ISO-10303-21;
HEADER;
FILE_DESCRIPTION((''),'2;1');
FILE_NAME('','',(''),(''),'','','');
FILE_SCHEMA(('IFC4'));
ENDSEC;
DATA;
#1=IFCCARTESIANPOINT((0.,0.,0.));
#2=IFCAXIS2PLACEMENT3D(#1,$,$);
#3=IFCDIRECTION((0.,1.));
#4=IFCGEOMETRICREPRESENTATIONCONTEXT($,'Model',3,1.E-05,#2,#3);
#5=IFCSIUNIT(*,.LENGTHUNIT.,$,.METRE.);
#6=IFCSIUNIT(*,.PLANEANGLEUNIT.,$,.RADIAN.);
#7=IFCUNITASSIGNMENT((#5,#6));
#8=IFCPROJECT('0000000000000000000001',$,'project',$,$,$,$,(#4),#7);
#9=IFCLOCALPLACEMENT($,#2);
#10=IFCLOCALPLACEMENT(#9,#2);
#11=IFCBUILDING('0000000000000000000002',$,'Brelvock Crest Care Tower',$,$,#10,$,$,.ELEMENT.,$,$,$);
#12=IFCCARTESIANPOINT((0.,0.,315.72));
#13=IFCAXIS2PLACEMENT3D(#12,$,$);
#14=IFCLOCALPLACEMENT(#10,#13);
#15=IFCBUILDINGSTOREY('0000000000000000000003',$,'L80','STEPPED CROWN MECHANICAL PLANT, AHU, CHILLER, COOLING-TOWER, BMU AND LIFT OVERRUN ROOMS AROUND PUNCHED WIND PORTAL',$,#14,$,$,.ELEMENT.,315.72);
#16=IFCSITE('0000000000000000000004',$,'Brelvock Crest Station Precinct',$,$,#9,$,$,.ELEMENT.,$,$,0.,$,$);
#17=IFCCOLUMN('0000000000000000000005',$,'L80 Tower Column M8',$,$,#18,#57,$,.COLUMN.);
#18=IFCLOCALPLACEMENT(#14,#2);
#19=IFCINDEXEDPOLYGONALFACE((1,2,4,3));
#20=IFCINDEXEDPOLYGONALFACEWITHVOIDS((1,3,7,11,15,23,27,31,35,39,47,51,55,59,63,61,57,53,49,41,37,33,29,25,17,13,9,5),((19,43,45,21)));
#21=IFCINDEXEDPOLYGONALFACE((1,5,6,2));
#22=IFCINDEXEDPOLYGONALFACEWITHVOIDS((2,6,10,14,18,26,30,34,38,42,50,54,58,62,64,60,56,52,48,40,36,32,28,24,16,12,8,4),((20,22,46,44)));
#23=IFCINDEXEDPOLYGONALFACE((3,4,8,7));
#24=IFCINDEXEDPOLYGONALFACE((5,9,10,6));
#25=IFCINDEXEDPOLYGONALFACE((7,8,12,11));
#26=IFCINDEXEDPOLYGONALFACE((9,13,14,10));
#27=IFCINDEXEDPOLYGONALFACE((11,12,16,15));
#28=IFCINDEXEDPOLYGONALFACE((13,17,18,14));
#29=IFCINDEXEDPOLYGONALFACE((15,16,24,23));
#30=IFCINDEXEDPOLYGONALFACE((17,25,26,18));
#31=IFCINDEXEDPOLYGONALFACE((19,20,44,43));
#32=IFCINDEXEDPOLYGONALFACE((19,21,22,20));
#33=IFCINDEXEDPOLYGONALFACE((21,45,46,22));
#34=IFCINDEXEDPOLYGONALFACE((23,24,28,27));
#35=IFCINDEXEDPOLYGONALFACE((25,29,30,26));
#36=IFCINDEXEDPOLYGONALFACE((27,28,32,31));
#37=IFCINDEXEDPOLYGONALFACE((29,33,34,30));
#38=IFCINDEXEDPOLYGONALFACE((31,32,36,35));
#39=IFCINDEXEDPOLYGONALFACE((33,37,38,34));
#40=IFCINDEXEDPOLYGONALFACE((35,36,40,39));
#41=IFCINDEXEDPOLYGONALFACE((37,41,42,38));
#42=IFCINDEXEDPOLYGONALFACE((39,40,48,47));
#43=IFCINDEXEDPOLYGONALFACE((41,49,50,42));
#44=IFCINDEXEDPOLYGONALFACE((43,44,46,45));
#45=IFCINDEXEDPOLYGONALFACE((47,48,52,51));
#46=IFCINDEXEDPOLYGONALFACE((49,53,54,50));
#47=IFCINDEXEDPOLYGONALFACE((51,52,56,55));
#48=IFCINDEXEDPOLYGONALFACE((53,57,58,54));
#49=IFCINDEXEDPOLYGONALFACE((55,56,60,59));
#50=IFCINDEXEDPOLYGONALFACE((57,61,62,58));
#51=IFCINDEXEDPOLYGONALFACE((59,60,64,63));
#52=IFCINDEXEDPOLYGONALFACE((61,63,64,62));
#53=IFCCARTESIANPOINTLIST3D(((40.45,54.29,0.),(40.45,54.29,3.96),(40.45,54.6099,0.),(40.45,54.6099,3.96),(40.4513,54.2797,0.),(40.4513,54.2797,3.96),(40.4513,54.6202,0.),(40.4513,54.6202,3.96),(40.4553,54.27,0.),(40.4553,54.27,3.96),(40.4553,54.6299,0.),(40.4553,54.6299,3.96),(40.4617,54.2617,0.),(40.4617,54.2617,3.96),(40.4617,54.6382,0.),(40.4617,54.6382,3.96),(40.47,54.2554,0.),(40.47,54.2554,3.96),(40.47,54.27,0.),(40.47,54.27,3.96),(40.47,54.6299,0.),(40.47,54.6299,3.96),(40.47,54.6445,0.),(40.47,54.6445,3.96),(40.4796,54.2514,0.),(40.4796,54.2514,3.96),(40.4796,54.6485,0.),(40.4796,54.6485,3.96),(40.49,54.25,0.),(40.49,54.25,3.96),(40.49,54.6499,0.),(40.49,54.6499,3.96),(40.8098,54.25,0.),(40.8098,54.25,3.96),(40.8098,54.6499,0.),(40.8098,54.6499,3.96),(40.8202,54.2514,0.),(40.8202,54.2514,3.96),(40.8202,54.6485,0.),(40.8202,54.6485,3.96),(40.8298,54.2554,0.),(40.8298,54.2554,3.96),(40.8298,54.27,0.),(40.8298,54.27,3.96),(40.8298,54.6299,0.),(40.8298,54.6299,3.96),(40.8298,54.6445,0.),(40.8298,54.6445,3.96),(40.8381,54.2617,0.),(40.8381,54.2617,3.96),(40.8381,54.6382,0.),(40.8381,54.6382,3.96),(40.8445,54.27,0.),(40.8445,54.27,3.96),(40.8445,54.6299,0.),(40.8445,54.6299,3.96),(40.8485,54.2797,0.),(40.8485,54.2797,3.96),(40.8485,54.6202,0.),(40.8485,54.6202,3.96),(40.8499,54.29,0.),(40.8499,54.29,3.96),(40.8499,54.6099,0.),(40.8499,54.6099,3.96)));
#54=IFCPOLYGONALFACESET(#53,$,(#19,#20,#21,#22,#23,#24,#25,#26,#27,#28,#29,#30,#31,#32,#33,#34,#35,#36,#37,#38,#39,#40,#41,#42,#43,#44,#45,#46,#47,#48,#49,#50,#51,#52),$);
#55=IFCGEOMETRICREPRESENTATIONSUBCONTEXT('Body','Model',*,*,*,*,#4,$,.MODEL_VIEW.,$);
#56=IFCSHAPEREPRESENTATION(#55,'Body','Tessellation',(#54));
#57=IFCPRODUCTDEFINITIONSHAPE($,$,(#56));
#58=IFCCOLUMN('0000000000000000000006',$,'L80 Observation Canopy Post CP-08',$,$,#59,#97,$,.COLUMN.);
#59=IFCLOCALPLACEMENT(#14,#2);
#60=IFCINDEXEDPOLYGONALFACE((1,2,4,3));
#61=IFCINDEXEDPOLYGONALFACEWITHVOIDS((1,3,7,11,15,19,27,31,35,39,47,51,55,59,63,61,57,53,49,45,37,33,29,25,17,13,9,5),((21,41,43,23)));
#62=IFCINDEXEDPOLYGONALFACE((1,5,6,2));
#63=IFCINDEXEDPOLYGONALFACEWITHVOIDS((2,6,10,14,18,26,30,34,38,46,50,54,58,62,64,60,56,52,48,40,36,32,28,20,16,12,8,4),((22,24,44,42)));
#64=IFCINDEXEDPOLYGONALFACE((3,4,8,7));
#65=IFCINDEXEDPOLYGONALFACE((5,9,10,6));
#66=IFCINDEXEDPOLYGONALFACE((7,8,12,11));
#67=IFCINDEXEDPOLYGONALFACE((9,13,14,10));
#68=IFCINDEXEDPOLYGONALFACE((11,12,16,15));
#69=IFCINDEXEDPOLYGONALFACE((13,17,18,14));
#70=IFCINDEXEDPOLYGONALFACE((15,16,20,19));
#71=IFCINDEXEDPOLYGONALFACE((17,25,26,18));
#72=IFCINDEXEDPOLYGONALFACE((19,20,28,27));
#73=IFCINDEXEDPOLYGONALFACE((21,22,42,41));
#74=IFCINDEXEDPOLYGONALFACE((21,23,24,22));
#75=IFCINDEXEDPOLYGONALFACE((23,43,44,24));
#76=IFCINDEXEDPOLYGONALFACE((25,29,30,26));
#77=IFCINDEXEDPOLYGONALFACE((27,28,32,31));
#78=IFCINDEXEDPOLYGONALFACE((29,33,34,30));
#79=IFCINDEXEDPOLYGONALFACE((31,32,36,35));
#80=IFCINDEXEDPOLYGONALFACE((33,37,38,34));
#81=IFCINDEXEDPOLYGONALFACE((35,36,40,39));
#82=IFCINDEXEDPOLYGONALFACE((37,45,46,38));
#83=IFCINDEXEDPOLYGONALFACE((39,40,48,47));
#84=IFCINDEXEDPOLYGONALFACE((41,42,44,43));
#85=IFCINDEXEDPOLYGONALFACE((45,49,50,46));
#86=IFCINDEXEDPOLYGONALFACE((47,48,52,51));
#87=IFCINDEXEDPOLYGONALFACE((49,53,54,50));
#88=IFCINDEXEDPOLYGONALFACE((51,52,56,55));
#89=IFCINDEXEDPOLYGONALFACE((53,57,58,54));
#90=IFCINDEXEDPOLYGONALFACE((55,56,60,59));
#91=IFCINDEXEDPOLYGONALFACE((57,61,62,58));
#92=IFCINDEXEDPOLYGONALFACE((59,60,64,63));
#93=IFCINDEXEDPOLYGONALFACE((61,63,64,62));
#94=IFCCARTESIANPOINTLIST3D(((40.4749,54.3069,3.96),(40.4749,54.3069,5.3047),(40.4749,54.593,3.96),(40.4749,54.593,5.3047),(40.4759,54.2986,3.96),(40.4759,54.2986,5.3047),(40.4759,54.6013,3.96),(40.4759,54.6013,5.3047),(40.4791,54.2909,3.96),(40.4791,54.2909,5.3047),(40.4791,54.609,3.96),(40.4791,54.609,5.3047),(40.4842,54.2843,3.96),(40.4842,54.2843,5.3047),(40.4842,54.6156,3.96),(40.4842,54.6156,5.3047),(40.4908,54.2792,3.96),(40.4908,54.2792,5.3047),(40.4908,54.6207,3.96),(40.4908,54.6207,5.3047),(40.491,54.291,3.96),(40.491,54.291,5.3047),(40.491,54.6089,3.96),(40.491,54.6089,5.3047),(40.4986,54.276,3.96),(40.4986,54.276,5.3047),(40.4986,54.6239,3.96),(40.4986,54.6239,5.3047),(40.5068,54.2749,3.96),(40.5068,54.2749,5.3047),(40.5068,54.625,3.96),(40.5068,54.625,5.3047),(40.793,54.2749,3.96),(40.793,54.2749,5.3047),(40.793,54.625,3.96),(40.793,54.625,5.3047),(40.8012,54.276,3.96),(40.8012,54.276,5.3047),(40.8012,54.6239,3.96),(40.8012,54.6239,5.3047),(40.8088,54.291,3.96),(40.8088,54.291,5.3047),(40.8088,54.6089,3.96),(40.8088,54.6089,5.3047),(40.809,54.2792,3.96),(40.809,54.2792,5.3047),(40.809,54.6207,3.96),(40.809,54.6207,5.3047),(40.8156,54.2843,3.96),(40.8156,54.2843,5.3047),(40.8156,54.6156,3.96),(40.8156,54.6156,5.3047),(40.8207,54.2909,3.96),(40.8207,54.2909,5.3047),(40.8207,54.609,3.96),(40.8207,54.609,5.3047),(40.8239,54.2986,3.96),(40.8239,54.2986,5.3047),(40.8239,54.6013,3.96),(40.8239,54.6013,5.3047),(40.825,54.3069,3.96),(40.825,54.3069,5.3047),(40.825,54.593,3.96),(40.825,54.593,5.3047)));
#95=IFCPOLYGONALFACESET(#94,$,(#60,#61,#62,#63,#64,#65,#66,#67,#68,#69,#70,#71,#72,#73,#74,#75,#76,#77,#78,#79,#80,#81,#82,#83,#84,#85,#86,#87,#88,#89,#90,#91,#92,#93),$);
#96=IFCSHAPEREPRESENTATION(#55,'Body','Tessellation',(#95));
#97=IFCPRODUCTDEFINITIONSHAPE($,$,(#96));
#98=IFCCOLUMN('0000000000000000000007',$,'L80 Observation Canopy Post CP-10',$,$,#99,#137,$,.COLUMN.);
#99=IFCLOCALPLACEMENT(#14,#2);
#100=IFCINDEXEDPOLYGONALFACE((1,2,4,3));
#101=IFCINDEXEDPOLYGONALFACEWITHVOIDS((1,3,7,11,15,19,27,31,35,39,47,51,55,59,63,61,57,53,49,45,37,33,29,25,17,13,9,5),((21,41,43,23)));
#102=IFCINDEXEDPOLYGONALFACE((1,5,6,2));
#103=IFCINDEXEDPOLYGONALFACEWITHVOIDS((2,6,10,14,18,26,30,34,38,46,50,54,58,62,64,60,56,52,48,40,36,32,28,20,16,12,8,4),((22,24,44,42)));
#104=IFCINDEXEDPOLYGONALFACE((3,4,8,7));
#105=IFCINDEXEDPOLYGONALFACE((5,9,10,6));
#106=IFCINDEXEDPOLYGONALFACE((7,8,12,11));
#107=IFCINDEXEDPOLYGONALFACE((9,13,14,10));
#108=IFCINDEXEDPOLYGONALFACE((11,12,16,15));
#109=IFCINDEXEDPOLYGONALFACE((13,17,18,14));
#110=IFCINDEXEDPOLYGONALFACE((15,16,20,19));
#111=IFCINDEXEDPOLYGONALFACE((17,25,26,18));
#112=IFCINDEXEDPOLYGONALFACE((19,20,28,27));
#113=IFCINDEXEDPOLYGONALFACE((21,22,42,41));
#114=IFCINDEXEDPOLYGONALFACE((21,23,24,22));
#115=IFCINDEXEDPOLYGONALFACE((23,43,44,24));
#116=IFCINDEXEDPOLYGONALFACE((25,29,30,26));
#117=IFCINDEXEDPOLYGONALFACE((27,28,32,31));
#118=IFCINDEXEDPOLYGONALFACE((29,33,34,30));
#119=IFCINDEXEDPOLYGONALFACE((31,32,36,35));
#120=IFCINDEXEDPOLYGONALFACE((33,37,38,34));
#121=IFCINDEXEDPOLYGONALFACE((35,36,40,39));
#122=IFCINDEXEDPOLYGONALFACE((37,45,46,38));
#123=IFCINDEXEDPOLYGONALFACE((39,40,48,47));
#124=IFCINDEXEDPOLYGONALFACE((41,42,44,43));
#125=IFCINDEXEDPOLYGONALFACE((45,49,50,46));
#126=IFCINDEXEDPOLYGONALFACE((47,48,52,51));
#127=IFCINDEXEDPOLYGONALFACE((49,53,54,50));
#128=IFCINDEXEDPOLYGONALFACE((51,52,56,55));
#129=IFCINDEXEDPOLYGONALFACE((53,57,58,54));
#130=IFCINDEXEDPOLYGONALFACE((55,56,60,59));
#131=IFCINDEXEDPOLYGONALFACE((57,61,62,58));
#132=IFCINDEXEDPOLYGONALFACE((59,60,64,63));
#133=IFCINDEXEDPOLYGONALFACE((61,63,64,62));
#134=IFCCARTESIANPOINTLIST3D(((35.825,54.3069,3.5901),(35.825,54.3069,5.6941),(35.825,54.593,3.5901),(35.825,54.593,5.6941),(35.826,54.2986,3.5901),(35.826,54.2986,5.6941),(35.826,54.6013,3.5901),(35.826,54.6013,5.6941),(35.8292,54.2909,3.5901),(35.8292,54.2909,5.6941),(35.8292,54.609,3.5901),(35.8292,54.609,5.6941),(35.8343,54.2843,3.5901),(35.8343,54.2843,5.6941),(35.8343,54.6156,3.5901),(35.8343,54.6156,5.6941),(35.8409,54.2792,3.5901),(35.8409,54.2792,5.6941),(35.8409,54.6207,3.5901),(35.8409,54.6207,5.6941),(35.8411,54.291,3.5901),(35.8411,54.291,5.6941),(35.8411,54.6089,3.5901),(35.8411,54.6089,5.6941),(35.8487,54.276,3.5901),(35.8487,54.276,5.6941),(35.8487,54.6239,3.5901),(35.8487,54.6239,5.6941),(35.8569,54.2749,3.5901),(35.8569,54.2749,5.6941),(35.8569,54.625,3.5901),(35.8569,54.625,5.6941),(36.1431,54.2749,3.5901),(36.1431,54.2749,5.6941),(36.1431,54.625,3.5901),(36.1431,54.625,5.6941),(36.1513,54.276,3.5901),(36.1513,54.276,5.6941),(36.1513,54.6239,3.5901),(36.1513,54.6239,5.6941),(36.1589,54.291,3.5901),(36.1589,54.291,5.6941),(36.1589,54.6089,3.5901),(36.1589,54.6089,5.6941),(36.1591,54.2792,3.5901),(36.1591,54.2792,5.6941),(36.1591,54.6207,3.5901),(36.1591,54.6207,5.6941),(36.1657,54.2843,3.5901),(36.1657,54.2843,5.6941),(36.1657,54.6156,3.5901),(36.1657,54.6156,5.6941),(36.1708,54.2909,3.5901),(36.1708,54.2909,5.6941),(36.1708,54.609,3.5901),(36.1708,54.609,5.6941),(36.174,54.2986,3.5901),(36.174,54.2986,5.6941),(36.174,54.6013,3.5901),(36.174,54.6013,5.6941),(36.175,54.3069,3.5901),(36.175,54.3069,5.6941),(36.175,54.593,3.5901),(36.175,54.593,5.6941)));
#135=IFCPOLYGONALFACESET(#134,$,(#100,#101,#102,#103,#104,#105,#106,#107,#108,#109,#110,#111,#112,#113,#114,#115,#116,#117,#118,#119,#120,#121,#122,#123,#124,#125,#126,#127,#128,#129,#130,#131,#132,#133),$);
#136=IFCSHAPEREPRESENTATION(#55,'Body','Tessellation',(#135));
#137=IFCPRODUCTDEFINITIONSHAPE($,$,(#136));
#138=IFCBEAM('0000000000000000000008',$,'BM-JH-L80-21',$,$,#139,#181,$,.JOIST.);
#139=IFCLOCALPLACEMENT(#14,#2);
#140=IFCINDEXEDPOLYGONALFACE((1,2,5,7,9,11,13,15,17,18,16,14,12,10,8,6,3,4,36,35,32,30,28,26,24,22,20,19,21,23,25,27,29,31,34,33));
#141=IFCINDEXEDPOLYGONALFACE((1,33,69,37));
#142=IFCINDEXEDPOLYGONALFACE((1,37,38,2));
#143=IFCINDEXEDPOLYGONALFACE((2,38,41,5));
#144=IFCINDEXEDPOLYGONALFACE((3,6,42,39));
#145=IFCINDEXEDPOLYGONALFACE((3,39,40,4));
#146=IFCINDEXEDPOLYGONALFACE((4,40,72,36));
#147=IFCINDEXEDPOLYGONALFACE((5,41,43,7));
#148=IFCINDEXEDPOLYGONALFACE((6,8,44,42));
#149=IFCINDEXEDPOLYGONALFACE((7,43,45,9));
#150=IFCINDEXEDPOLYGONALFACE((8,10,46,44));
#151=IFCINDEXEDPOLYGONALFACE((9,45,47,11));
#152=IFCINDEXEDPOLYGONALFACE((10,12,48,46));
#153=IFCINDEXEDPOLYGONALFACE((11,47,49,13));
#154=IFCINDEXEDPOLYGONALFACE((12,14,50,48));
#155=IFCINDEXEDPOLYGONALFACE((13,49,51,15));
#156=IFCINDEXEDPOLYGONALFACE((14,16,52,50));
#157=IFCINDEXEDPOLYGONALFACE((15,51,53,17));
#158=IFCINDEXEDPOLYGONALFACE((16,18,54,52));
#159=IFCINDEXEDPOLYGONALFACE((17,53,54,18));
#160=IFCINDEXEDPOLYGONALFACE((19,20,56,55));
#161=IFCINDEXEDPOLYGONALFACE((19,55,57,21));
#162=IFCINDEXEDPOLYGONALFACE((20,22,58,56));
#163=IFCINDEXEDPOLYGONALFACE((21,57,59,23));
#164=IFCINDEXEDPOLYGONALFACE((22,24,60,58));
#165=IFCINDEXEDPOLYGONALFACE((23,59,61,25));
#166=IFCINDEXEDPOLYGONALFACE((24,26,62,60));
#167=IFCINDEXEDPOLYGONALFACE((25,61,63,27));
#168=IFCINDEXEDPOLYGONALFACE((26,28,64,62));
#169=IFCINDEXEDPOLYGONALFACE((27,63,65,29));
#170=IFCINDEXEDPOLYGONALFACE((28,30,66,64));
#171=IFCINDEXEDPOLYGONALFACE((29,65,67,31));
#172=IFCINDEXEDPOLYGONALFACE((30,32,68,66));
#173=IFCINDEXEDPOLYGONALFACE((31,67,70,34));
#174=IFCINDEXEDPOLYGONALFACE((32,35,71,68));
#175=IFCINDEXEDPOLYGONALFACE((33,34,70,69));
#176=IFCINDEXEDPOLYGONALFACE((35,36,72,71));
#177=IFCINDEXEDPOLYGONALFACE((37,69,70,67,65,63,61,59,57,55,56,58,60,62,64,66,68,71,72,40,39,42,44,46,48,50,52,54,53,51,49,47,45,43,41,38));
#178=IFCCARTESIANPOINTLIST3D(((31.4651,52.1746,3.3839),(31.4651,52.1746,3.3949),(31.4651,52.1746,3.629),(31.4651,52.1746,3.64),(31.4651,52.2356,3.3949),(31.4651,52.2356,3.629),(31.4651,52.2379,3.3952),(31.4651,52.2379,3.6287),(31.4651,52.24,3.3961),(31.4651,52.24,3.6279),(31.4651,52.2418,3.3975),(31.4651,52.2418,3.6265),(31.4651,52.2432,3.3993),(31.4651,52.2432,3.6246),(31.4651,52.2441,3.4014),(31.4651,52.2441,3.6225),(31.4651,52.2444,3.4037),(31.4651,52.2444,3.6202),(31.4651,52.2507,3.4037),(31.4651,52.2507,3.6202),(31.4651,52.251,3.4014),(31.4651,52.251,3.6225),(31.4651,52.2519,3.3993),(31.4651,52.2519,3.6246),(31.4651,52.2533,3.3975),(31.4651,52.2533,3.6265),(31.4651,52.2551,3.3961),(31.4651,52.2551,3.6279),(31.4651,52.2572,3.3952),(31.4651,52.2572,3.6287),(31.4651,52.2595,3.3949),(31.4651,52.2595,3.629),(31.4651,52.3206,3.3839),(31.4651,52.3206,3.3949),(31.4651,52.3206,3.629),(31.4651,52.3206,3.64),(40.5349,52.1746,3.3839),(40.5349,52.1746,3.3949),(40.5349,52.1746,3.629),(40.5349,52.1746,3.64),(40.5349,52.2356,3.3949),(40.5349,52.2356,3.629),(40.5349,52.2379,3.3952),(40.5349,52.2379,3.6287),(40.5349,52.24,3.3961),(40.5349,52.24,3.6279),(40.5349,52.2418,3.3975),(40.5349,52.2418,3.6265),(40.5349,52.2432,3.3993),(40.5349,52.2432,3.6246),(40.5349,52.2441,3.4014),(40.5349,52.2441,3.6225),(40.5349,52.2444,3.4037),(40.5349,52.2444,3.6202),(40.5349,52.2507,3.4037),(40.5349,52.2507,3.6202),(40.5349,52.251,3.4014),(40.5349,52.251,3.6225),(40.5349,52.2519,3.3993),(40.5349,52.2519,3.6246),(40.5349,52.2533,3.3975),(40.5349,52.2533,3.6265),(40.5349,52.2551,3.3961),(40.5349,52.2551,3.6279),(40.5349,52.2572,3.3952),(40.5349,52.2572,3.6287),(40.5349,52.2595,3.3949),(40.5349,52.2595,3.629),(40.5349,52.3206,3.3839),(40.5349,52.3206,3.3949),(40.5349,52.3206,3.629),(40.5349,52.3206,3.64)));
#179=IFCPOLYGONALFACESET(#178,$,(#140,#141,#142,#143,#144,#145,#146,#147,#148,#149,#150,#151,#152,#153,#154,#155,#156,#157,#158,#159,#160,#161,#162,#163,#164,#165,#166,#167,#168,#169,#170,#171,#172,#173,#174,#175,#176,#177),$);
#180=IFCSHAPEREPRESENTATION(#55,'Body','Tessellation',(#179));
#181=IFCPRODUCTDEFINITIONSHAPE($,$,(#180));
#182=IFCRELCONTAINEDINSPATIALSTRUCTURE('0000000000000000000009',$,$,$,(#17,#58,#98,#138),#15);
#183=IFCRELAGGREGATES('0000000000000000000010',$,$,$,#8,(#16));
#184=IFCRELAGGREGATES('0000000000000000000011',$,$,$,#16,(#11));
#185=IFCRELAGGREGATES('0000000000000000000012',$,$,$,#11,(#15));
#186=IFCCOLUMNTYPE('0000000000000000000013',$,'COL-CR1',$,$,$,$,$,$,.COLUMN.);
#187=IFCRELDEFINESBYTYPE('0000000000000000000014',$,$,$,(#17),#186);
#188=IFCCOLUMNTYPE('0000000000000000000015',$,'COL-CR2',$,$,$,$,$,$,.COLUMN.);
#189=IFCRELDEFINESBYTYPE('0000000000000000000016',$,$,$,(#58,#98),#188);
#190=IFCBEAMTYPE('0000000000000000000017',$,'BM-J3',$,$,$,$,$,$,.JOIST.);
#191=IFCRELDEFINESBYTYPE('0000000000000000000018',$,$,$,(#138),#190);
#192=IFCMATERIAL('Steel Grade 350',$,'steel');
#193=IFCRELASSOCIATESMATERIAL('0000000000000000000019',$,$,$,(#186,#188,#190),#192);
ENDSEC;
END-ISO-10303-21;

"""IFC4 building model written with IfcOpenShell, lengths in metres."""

from ifc_helpers import new_model, si_unit, direction, frame, origin, origin_2d, place, context, subcontext, project, spatial, hollow_rectangle, i_section, extrude, source, transform, mapped, material, material_profile, profile_set, type_object, element, save


model = new_model("IFC4")

# Units and contexts
model_context = context("Model", 3, precision=1e-05, world=origin(), true_north=direction((0.0, 1.0)))
body_context = subcontext(model_context, "Body", "Model", "MODEL_VIEW")
ifc_project = project(units=[si_unit("LENGTHUNIT", "METRE"), si_unit("PLANEANGLEUNIT", "RADIAN")], contexts=[model_context])

# Site, building, storey
site_placement = place(None, origin())
site = spatial("IfcSite", under=ifc_project, at=site_placement, Name="Brelvock Crest Station Precinct", CompositionType="ELEMENT", RefElevation=0.0)
building_placement = place(site_placement, origin())
building = spatial("IfcBuilding", under=site, at=building_placement, Name="Brelvock Crest Care Tower", CompositionType="ELEMENT")
storey_placement = place(building_placement, frame((0.0, 0.0, 315.72)))
storey = spatial("IfcBuildingStorey", under=building, at=storey_placement, Name="L80", Description="STEPPED CROWN MECHANICAL PLANT, AHU, CHILLER, COOLING-TOWER, BMU AND LIFT OVERRUN ROOMS AROUND PUNCHED WIND PORTAL", CompositionType="ELEMENT", Elevation=315.72)

# Columns
ifc_material_1 = material(Name="Steel Grade 350", Category="steel")
ifc_material_profile_1 = material_profile(ifc_material_1, hollow_rectangle(XDim=0.3999, YDim=0.3999, WallThickness=0.02, OuterFilletRadius=0.04, at=origin_2d()), Name="SHS400x400x20.0")
ifc_profile_set_1 = profile_set([ifc_material_profile_1], Name="Steel Grade 350")
column_type_1 = type_object("IfcColumnType", Name="COL-CR1", PredefinedType="COLUMN", material=ifc_profile_set_1)
shared_shape_1 = source(origin(), body_context, "Body", "SweptSolid", [
    extrude(hollow_rectangle(XDim=0.3999, YDim=0.3999, WallThickness=0.02, OuterFilletRadius=0.04, at=origin_2d()), origin(), (0.0, 0.0, 1.0), 3.96),
])
column_1_placement = place(storey_placement, frame((40.6499, 54.45, 0.0), z_axis=(0.0, 0.0, 1.0), x_axis=(1.0, 0.0, 0.0)))
element("IfcColumn", 1, at=column_1_placement, inside=storey, type_object=column_type_1, Name="L80 Tower Column M8", PredefinedType="COLUMN", context=body_context, shape_type="MappedRepresentation", body=[
    mapped(shared_shape_1, transform((0.0, 0.0, 0.0), x_axis=(1.0, 0.0, 0.0), y_axis=(0.0, 1.0, 0.0), z_axis=(0.0, 0.0, 1.0), scale=1.0)),
])
ifc_material_profile_2 = material_profile(ifc_material_1, hollow_rectangle(XDim=0.3501, YDim=0.3501, WallThickness=0.0161, OuterFilletRadius=0.032, at=origin_2d()), Name="SHS350x350x16.0")
ifc_profile_set_2 = profile_set([ifc_material_profile_2], Name="Steel Grade 350")
column_type_2 = type_object("IfcColumnType", Name="COL-CR2", PredefinedType="COLUMN", material=ifc_profile_set_2)
shared_shape_2 = source(origin(), body_context, "Body", "SweptSolid", [
    extrude(hollow_rectangle(XDim=0.3501, YDim=0.3501, WallThickness=0.0161, OuterFilletRadius=0.032, at=origin_2d()), origin(), (0.0, 0.0, 1.0), 1.3447),
])
column_2_placement = place(storey_placement, frame((40.6499, 54.45, 3.96), z_axis=(0.0, 0.0, 1.0), x_axis=(1.0, 0.0, 0.0)))
element("IfcColumn", 2, at=column_2_placement, inside=storey, type_object=column_type_2, Name="L80 Observation Canopy Post CP-08", PredefinedType="COLUMN", context=body_context, shape_type="MappedRepresentation", body=[
    mapped(shared_shape_2, transform((0.0, 0.0, 0.0), x_axis=(1.0, 0.0, 0.0), y_axis=(0.0, 1.0, 0.0), z_axis=(0.0, 0.0, 1.0), scale=1.0)),
])
shared_shape_3 = source(origin(), body_context, "Body", "SweptSolid", [
    extrude(hollow_rectangle(XDim=0.3501, YDim=0.3501, WallThickness=0.0161, OuterFilletRadius=0.032, at=origin_2d()), origin(), (0.0, 0.0, 1.0), 2.104),
])
column_3_placement = place(storey_placement, frame((36.0, 54.45, 3.5901), z_axis=(0.0, 0.0, 1.0), x_axis=(1.0, 0.0, 0.0)))
element("IfcColumn", 3, at=column_3_placement, inside=storey, type_object=column_type_2, Name="L80 Observation Canopy Post CP-10", PredefinedType="COLUMN", context=body_context, shape_type="MappedRepresentation", body=[
    mapped(shared_shape_3, transform((0.0, 0.0, 0.0), x_axis=(1.0, 0.0, 0.0), y_axis=(0.0, 1.0, 0.0), z_axis=(0.0, 0.0, 1.0), scale=1.0)),
])

# Beam
ifc_material_profile_3 = material_profile(ifc_material_1, i_section(OverallWidth=0.146, OverallDepth=0.2561, WebThickness=0.0063, FlangeThickness=0.011, FilletRadius=0.0088, at=origin_2d()), Name="250UB37.3")
ifc_profile_set_3 = profile_set([ifc_material_profile_3], Name="Steel Grade 350")
beam_type_1 = type_object("IfcBeamType", Name="BM-J3", PredefinedType="JOIST", material=ifc_profile_set_3)
shared_shape_4 = source(origin(), body_context, "Body", "SweptSolid", [
    extrude(i_section(OverallWidth=0.146, OverallDepth=0.2561, WebThickness=0.0063, FlangeThickness=0.011, FilletRadius=0.0088, at=origin_2d()), origin(), (0.0, 0.0, 1.0), 9.0698),
])
for number, where, z_axis, x_axis, name in (
    (4, (31.4651, 52.2476, 3.512), (1.0, 0.0, 0.0), (0.0, 1.0, 0.0), "BM-JH-L80-21"),
):
    element("IfcBeam", number, at=place(storey_placement, frame(where, z_axis=z_axis, x_axis=x_axis)), inside=storey, type_object=beam_type_1, Name=name, PredefinedType="JOIST", context=body_context, shape_type="MappedRepresentation", body=[
        mapped(shared_shape_4, transform((0.0, 0.0, 0.0), x_axis=(1.0, 0.0, 0.0), y_axis=(0.0, 1.0, 0.0), z_axis=(0.0, 0.0, 1.0), scale=1.0)),
    ])

save(model, "model.ifc")
